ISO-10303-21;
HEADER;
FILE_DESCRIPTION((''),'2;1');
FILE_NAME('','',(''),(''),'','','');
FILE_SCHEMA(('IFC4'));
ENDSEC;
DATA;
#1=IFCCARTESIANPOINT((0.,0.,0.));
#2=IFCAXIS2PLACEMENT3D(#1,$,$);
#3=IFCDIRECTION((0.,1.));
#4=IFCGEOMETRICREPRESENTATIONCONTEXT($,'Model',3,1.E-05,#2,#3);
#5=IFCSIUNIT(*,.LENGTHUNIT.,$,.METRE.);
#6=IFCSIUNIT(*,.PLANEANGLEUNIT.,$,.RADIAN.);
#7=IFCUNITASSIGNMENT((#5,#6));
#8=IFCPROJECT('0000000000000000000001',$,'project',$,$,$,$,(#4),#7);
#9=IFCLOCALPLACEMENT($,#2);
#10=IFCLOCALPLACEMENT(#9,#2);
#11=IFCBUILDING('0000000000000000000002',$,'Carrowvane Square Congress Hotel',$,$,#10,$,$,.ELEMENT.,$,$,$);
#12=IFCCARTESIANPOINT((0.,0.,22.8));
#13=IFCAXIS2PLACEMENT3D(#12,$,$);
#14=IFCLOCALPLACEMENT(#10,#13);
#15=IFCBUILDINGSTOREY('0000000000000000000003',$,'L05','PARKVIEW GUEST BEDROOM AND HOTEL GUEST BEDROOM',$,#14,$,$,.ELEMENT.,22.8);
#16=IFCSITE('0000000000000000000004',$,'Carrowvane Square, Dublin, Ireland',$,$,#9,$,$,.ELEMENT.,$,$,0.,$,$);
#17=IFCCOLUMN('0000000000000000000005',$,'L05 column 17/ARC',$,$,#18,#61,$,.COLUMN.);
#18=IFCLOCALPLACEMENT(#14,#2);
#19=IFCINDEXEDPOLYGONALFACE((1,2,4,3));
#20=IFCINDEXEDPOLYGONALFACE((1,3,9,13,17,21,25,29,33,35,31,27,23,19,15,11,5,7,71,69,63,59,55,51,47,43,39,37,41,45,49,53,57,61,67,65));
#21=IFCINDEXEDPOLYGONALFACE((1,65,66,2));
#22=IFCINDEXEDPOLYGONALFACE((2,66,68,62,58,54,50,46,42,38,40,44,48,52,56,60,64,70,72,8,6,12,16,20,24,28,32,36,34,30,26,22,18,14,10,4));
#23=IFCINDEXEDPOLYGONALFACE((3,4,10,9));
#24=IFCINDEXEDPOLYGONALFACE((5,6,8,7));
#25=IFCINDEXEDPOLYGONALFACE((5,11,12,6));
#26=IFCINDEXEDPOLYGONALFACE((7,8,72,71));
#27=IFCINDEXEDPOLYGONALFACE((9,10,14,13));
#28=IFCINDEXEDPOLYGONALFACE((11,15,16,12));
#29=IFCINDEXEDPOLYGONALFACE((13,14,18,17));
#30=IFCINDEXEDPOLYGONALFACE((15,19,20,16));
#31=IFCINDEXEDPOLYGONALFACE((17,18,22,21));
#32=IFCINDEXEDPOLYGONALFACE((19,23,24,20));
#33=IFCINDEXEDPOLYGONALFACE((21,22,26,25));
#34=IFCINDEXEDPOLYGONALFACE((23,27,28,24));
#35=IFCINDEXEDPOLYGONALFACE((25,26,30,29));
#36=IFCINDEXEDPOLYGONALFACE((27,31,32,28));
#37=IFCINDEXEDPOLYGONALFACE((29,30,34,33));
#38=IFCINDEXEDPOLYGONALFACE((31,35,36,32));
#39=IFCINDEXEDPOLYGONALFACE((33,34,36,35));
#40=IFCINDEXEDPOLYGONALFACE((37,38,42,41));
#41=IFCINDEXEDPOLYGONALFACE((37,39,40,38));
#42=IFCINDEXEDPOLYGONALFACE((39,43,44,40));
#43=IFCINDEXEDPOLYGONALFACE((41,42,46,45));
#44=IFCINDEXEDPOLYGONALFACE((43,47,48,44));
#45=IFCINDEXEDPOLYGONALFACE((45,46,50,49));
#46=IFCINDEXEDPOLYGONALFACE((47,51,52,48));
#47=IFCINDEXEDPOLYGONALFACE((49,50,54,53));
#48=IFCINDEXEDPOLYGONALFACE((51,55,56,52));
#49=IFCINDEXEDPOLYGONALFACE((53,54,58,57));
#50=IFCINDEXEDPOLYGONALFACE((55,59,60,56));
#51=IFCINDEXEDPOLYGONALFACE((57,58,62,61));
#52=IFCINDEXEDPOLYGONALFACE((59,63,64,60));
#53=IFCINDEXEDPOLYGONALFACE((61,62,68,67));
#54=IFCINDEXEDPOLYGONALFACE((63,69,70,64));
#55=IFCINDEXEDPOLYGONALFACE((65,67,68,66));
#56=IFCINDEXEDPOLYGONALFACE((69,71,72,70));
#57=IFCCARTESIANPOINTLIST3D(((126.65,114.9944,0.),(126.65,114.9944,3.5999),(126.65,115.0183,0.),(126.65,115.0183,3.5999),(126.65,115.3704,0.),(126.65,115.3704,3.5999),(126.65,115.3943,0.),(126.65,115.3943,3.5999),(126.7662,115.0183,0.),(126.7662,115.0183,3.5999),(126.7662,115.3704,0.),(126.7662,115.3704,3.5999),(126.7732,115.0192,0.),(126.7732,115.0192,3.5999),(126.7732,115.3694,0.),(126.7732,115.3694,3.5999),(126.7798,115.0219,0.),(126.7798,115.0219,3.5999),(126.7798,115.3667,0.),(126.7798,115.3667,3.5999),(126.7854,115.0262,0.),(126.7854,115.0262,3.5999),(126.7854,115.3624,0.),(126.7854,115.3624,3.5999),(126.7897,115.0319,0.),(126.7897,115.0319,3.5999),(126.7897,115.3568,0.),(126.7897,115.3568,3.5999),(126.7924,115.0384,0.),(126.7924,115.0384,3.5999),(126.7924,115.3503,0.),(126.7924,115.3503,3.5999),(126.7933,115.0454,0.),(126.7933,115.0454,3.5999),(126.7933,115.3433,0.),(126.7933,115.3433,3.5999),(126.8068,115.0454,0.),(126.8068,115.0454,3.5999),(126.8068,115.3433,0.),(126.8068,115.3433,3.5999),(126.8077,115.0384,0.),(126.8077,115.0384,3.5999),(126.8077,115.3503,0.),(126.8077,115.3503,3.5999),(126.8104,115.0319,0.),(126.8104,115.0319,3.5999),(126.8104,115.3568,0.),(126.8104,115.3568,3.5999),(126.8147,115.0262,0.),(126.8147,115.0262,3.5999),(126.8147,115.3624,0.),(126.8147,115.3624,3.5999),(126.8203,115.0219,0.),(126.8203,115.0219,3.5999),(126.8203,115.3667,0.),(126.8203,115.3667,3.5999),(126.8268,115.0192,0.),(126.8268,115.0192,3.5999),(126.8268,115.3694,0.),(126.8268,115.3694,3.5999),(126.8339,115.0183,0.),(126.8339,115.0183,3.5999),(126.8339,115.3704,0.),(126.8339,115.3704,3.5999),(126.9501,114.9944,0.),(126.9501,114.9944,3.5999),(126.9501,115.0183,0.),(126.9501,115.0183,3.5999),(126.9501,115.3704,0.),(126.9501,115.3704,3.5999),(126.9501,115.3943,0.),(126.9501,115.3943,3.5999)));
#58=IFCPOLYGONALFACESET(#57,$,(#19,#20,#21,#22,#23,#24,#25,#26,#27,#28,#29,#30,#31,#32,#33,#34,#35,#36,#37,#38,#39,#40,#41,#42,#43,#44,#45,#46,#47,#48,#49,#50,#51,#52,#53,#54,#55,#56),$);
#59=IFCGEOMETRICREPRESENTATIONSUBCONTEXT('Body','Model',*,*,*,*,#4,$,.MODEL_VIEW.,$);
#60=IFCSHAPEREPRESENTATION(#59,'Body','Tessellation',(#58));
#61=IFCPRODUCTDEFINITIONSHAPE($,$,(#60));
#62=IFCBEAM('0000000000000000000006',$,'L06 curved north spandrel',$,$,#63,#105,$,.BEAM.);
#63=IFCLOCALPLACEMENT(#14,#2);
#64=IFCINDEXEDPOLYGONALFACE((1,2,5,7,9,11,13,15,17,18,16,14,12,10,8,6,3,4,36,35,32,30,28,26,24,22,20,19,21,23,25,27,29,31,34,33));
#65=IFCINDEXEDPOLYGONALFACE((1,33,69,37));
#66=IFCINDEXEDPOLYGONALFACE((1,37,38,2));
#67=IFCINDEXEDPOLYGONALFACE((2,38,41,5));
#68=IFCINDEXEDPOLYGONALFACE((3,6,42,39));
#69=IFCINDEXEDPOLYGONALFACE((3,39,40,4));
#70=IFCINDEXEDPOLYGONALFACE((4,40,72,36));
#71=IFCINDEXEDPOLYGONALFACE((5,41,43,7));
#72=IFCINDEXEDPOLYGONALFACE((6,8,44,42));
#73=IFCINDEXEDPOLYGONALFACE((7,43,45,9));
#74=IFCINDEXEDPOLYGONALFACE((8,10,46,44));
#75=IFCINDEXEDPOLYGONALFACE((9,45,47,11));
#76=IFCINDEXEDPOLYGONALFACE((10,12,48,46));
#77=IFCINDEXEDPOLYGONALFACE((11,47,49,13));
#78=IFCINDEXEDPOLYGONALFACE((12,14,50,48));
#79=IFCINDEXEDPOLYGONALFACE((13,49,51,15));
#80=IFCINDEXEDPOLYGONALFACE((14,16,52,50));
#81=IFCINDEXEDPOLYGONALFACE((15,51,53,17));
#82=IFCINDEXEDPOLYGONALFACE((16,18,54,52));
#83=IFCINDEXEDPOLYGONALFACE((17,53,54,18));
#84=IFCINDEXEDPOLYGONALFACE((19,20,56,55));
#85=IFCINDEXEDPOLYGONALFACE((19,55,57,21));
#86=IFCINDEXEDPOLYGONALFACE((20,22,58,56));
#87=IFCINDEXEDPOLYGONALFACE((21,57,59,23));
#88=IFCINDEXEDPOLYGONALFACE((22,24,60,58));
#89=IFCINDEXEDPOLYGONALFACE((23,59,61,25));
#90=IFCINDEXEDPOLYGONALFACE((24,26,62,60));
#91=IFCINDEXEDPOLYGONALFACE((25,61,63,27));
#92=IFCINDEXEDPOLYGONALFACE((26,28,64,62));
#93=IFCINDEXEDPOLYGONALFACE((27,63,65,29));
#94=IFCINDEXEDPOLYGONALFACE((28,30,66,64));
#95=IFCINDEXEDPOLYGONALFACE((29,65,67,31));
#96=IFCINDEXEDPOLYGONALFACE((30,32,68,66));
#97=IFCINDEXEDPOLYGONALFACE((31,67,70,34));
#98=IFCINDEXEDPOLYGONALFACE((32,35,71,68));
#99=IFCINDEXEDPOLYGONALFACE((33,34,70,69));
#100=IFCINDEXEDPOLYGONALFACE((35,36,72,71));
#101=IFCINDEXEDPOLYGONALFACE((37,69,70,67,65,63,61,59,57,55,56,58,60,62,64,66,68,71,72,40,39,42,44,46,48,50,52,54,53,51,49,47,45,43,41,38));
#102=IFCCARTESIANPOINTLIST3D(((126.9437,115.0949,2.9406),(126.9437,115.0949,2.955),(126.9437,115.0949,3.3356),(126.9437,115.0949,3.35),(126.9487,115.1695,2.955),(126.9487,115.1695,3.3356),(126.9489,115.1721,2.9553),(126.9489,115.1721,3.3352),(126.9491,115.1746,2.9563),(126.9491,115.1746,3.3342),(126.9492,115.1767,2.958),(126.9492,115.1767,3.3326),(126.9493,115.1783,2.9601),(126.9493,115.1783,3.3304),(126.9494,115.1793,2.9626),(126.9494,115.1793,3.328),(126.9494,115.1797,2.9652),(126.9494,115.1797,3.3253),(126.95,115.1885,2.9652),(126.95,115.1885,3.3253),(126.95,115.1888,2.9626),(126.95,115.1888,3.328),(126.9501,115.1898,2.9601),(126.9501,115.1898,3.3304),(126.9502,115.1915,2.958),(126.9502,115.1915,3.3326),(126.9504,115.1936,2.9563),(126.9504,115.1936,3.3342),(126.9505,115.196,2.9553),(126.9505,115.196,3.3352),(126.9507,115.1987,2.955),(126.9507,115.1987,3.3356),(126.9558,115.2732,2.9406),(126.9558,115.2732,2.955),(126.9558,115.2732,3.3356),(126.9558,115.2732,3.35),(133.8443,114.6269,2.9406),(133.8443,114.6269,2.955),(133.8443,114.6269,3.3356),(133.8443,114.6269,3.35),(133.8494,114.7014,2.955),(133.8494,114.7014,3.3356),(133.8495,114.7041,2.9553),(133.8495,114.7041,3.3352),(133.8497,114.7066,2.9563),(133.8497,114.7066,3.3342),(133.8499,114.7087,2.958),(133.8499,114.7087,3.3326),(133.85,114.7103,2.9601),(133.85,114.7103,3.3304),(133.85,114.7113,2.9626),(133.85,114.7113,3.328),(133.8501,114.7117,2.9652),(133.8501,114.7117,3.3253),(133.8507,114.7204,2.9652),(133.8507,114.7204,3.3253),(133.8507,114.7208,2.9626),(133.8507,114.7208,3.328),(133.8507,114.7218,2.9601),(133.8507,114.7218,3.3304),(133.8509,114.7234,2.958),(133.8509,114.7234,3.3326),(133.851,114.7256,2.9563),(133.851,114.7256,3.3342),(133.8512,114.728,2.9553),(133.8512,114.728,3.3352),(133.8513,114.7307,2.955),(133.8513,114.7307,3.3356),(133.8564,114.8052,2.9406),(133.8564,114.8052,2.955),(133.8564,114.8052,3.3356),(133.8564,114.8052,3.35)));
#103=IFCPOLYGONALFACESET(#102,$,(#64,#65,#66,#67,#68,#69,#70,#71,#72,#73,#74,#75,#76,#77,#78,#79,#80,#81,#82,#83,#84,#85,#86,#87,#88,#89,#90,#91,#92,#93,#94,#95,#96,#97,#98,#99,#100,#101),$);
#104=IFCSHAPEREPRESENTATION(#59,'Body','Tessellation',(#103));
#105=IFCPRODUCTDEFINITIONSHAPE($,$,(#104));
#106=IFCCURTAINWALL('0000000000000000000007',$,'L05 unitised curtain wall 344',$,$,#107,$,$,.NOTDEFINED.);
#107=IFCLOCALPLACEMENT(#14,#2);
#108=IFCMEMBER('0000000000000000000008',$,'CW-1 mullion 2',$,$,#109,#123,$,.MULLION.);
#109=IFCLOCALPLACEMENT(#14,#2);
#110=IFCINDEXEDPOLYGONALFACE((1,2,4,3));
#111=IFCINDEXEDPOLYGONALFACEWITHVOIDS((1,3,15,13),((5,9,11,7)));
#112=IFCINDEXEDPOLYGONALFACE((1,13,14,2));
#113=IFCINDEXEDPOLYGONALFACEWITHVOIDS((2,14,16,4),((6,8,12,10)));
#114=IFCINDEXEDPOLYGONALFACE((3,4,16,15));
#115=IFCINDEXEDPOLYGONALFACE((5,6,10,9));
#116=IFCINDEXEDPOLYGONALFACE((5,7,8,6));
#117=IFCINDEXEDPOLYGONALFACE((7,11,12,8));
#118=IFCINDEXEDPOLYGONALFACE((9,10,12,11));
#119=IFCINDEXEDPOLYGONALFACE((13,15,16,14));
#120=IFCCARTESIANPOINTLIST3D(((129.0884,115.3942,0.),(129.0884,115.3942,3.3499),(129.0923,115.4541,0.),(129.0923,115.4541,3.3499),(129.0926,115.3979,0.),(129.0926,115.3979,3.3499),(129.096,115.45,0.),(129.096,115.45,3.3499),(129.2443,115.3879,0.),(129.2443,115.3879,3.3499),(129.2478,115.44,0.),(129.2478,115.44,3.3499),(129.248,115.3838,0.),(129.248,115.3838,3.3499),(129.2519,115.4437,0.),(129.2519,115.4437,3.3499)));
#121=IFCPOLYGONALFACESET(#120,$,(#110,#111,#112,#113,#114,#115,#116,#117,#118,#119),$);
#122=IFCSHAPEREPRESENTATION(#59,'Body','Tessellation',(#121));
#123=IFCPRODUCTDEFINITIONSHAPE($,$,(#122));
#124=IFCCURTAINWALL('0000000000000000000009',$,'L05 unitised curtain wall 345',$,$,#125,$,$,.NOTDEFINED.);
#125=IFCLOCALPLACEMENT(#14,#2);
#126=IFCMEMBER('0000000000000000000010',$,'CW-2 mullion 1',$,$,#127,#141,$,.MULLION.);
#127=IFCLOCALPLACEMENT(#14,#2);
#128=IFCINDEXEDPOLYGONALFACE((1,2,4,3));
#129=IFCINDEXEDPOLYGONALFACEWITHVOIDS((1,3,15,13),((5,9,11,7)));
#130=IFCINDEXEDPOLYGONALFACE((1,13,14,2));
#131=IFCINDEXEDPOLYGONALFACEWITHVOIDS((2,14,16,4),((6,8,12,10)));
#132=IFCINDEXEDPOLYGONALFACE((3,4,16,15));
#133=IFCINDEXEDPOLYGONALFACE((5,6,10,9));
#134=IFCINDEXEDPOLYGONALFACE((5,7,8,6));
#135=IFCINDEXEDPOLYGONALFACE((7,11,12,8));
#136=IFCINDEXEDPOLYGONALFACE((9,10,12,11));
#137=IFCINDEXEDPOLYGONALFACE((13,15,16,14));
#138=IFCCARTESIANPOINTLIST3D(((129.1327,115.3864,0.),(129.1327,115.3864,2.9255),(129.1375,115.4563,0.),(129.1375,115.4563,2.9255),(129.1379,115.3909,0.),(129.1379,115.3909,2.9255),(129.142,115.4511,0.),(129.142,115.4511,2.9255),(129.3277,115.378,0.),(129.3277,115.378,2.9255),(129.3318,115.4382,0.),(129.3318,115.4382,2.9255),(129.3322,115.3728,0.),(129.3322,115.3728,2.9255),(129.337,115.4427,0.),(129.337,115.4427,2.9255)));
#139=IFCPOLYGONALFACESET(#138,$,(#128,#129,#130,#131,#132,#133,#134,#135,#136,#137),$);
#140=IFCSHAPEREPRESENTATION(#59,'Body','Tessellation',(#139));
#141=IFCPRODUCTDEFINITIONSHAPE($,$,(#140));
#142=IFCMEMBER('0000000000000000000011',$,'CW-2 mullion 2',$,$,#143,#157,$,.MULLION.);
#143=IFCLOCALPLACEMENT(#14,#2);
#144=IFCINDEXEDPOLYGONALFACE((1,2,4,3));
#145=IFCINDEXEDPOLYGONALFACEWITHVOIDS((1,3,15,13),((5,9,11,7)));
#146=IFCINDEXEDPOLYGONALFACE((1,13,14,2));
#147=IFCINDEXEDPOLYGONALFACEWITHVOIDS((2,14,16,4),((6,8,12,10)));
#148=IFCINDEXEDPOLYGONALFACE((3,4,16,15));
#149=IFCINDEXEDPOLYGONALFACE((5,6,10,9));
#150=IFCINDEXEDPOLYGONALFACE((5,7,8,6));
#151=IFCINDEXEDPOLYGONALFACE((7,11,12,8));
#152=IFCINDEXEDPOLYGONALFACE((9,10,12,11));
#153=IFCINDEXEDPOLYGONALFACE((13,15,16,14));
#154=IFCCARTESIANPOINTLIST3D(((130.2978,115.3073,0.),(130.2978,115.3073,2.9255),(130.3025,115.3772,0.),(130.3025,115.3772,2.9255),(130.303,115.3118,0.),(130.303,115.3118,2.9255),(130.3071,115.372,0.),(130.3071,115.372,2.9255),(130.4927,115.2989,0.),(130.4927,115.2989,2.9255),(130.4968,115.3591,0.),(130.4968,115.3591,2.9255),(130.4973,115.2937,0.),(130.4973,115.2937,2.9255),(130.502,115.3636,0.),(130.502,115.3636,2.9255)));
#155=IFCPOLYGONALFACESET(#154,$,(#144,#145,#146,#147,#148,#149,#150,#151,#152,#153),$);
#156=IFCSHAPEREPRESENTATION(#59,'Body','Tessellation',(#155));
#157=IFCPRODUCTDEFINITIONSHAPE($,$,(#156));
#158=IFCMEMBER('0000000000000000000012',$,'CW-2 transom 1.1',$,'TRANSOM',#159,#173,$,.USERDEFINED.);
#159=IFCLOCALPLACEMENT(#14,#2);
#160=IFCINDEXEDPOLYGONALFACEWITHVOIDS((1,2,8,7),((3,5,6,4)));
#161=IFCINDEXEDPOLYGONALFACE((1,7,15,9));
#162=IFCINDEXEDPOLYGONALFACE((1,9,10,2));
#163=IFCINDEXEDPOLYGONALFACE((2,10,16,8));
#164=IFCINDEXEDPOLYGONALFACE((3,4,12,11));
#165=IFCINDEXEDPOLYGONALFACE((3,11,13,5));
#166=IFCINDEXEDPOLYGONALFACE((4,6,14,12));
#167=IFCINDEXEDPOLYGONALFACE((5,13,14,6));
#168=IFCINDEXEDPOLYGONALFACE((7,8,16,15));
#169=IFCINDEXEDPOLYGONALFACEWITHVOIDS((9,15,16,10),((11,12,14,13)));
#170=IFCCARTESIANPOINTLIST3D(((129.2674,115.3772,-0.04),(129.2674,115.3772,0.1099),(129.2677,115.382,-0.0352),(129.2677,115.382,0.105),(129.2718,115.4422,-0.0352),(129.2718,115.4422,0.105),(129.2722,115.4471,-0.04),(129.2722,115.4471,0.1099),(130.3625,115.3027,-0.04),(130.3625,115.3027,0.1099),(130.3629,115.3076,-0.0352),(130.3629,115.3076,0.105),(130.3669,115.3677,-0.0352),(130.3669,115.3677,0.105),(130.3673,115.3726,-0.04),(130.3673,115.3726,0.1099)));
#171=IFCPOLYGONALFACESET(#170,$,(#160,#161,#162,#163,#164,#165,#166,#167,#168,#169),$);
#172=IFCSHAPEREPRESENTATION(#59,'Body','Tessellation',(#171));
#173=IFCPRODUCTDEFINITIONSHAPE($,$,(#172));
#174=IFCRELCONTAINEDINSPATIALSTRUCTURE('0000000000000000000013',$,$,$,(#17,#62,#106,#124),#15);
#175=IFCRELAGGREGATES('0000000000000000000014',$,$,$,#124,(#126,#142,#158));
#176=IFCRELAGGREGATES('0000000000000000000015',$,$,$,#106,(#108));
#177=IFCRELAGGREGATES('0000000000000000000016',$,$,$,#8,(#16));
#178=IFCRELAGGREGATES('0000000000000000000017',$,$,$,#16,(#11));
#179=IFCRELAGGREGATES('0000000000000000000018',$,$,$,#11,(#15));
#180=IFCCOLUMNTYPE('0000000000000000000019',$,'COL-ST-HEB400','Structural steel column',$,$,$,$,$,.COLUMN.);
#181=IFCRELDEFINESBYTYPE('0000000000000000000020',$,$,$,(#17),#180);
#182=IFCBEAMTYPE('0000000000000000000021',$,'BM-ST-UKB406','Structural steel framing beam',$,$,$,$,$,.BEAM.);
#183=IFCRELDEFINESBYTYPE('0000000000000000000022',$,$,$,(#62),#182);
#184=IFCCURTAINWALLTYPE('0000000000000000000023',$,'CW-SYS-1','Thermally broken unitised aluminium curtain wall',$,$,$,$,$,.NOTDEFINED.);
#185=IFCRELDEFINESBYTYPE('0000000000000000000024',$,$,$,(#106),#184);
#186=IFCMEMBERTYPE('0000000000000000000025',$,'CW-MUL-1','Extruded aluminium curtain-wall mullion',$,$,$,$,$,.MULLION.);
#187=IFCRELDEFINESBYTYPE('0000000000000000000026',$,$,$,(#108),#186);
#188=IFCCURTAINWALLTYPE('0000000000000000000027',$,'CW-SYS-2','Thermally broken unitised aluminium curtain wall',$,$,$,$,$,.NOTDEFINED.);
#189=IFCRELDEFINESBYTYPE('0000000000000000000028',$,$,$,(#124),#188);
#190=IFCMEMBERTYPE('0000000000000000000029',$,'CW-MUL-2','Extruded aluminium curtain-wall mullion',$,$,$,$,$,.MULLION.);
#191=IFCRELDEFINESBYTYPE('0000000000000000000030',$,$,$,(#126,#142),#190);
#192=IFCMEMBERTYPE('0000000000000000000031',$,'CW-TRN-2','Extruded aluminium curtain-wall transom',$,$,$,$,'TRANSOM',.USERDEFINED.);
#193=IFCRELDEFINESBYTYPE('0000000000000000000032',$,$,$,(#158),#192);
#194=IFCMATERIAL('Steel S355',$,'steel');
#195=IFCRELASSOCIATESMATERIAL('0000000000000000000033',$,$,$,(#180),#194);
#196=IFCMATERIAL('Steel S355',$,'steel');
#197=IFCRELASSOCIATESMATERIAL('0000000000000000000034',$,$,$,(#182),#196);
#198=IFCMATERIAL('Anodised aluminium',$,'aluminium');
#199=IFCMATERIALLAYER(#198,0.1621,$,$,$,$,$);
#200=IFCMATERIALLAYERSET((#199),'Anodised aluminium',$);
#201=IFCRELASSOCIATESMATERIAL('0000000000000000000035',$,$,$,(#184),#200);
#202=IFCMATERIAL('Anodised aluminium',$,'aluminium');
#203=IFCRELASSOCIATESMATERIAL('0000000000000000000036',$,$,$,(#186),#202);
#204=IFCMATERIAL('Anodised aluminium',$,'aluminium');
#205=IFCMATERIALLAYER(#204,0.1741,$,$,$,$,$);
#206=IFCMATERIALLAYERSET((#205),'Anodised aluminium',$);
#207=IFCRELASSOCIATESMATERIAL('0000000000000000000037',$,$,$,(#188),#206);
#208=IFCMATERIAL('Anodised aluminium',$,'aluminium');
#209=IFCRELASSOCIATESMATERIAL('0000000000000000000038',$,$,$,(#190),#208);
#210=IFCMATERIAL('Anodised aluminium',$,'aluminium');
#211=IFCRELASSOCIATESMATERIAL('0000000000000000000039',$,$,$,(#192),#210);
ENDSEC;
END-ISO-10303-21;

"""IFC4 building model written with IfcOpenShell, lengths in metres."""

from ifc_helpers import new_model, si_unit, direction, frame, origin, origin_2d, place, context, subcontext, project, spatial, hollow_rectangle, i_section, extrude, material, layer, layer_set, material_profile, profile_set, type_object, element, aggregate, save


model = new_model("IFC4")

# Units and contexts
model_context = context("Model", 3, precision=1e-05, world=origin(), true_north=direction((0.0, 1.0)))
body_context = subcontext(model_context, "Body", "Model", "MODEL_VIEW")
ifc_project = project(units=[si_unit("LENGTHUNIT", "METRE"), si_unit("PLANEANGLEUNIT", "RADIAN")], contexts=[model_context])

# Site, building, storey
site_placement = place(None, origin())
site = spatial("IfcSite", under=ifc_project, at=site_placement, Name="Carrowvane Square, Dublin, Ireland", CompositionType="ELEMENT", RefElevation=0.0)
building_placement = place(site_placement, origin())
building = spatial("IfcBuilding", under=site, at=building_placement, Name="Carrowvane Square Congress Hotel", CompositionType="ELEMENT")
storey_placement = place(building_placement, frame((0.0, 0.0, 22.8)))
storey = spatial("IfcBuildingStorey", under=building, at=storey_placement, Name="L05", Description="PARKVIEW GUEST BEDROOM AND HOTEL GUEST BEDROOM", CompositionType="ELEMENT", Elevation=22.8)

# Column
ifc_material_1 = material(Name="Steel S355", Category="steel")
ifc_material_profile_1 = material_profile(ifc_material_1, i_section(OverallWidth=0.3, OverallDepth=0.3999, WebThickness=0.0134, FlangeThickness=0.0239, FilletRadius=0.0271, at=origin_2d()), Name="HEB 400")
ifc_profile_set_1 = profile_set([ifc_material_profile_1], Name="Steel S355")
column_type = type_object("IfcColumnType", Name="COL-ST-HEB400", Description="Structural steel column", PredefinedType="COLUMN", material=ifc_profile_set_1)
column_placement = place(storey_placement, frame((126.8, 115.1943, 0.0), z_axis=(0.0, 0.0, 1.0), x_axis=(1.0, 0.0, 0.0)))
element("IfcColumn", 1, at=column_placement, inside=storey, type_object=column_type, Name="L05 column 17/ARC", PredefinedType="COLUMN", context=body_context, shape_type="SweptSolid", body=[
    extrude(i_section(OverallWidth=0.3, OverallDepth=0.3999, WebThickness=0.0134, FlangeThickness=0.0239, FilletRadius=0.0271, at=origin_2d()), origin(), (0.0, 0.0, 1.0), 3.5999),
])

# Beam
ifc_material_2 = material(Name="Steel S355", Category="steel")
ifc_material_profile_2 = material_profile(ifc_material_2, i_section(OverallWidth=0.1787, OverallDepth=0.4094, WebThickness=0.0088, FlangeThickness=0.0144, FilletRadius=0.0103, at=origin_2d()), Name="UKB 406x178x67")
ifc_profile_set_2 = profile_set([ifc_material_profile_2], Name="Steel S355")
beam_type = type_object("IfcBeamType", Name="BM-ST-UKB406", Description="Structural steel framing beam", PredefinedType="BEAM", material=ifc_profile_set_2)
beam_placement = place(storey_placement, frame((126.9497, 115.1841, 3.1453), z_axis=(0.997708, -0.067667, 0.0), x_axis=(0.067667, 0.997708, 0.0)))
element("IfcBeam", 2, at=beam_placement, inside=storey, type_object=beam_type, Name="L06 curved north spandrel", PredefinedType="BEAM", context=body_context, shape_type="SweptSolid", body=[
    extrude(i_section(OverallWidth=0.1787, OverallDepth=0.4094, WebThickness=0.0088, FlangeThickness=0.0144, FilletRadius=0.0103, at=origin_2d()), origin(), (0.0, 0.0, 1.0), 6.9165),
])

# Curtain wall, member
ifc_material_3 = material(Name="Anodised aluminium", Category="aluminium")
ifc_layer_1 = layer(ifc_material_3, 0.1621)
ifc_layer_set_1 = layer_set([ifc_layer_1], Name="Anodised aluminium")
curtain_wall_type_1 = type_object("IfcCurtainWallType", Name="CW-SYS-1", Description="Thermally broken unitised aluminium curtain wall", PredefinedType="NOTDEFINED", material=ifc_layer_set_1)
curtain_wall_1_placement = place(storey_placement, origin())
curtain_wall_1 = element("IfcCurtainWall", 3, at=curtain_wall_1_placement, inside=storey, type_object=curtain_wall_type_1, Name="L05 unitised curtain wall 344", PredefinedType="NOTDEFINED")
ifc_material_4 = material(Name="Anodised aluminium", Category="aluminium")
ifc_material_profile_3 = material_profile(ifc_material_4, hollow_rectangle(XDim=0.0601, YDim=0.1599, WallThickness=0.0039, at=origin_2d()), Name="CW-ML 60x160x4")
ifc_profile_set_3 = profile_set([ifc_material_profile_3], Name="Anodised aluminium")
member_type_1 = type_object("IfcMemberType", Name="CW-MUL-1", Description="Extruded aluminium curtain-wall mullion", PredefinedType="MULLION", material=ifc_profile_set_3)
member_1_placement = place(storey_placement, frame((129.1702, 115.4189, 0.0), z_axis=(0.0, 0.0, 1.0), x_axis=(0.065414, 0.997858, 0.0)))
member_1 = element("IfcMember", 4, at=member_1_placement, type_object=member_type_1, Name="CW-1 mullion 2", PredefinedType="MULLION", context=body_context, shape_type="SweptSolid", body=[
    extrude(hollow_rectangle(XDim=0.0601, YDim=0.1599, WallThickness=0.0039, at=origin_2d()), origin(), (0.0, 0.0, 1.0), 3.3499),
])

# Curtain wall, members
ifc_material_5 = material(Name="Anodised aluminium", Category="aluminium")
ifc_layer_2 = layer(ifc_material_5, 0.1741)
ifc_layer_set_2 = layer_set([ifc_layer_2], Name="Anodised aluminium")
curtain_wall_type_2 = type_object("IfcCurtainWallType", Name="CW-SYS-2", Description="Thermally broken unitised aluminium curtain wall", PredefinedType="NOTDEFINED", material=ifc_layer_set_2)
curtain_wall_2_placement = place(storey_placement, origin())
curtain_wall_2 = element("IfcCurtainWall", 5, at=curtain_wall_2_placement, inside=storey, type_object=curtain_wall_type_2, Name="L05 unitised curtain wall 345", PredefinedType="NOTDEFINED")
ifc_material_6 = material(Name="Anodised aluminium", Category="aluminium")
ifc_material_profile_4 = material_profile(ifc_material_6, hollow_rectangle(XDim=0.0701, YDim=0.2, WallThickness=0.0049, at=origin_2d()), Name="CW-ML 70x200x5")
ifc_profile_set_4 = profile_set([ifc_material_profile_4], Name="Anodised aluminium")
member_type_2 = type_object("IfcMemberType", Name="CW-MUL-2", Description="Extruded aluminium curtain-wall mullion", PredefinedType="MULLION", material=ifc_profile_set_4)
member_2_placement = place(storey_placement, frame((129.2349, 115.4146, 0.0), z_axis=(0.0, 0.0, 1.0), x_axis=(0.06787, 0.997694, 0.0)))
member_2 = element("IfcMember", 6, at=member_2_placement, type_object=member_type_2, Name="CW-2 mullion 1", PredefinedType="MULLION", context=body_context, shape_type="SweptSolid", body=[
    extrude(hollow_rectangle(XDim=0.0701, YDim=0.2, WallThickness=0.0049, at=origin_2d()), origin(), (0.0, 0.0, 1.0), 2.9255),
])
member_3_placement = place(storey_placement, frame((130.3999, 115.3354, 0.0), z_axis=(0.0, 0.0, 1.0), x_axis=(0.06787, 0.997694, 0.0)))
member_3 = element("IfcMember", 7, at=member_3_placement, type_object=member_type_2, Name="CW-2 mullion 2", PredefinedType="MULLION", context=body_context, shape_type="SweptSolid", body=[
    extrude(hollow_rectangle(XDim=0.0701, YDim=0.2, WallThickness=0.0049, at=origin_2d()), origin(), (0.0, 0.0, 1.0), 2.9255),
])
ifc_material_7 = material(Name="Anodised aluminium", Category="aluminium")
ifc_material_profile_5 = material_profile(ifc_material_7, hollow_rectangle(XDim=0.0701, YDim=0.1499, WallThickness=0.0049, at=origin_2d()), Name="CW-TR 70x150x5")
ifc_profile_set_5 = profile_set([ifc_material_profile_5], Name="Anodised aluminium")
member_type_3 = type_object("IfcMemberType", Name="CW-TRN-2", Description="Extruded aluminium curtain-wall transom", ElementType="TRANSOM", PredefinedType="USERDEFINED", material=ifc_profile_set_5)
member_4_placement = place(storey_placement, frame((129.2698, 115.4121, 0.0349), z_axis=(0.997697, -0.067833, 0.0), x_axis=(0.067833, 0.997697, 0.0)))
member_4 = element("IfcMember", 8, at=member_4_placement, type_object=member_type_3, Name="CW-2 transom 1.1", ObjectType="TRANSOM", PredefinedType="USERDEFINED", context=body_context, shape_type="SweptSolid", body=[
    extrude(hollow_rectangle(XDim=0.0701, YDim=0.1499, WallThickness=0.0049, at=origin_2d()), origin(), (0.0, 0.0, 1.0), 1.0977),
])
aggregate(curtain_wall_2, [member_2, member_3, member_4])

aggregate(curtain_wall_1, [member_1])

save(model, "model.ifc")
